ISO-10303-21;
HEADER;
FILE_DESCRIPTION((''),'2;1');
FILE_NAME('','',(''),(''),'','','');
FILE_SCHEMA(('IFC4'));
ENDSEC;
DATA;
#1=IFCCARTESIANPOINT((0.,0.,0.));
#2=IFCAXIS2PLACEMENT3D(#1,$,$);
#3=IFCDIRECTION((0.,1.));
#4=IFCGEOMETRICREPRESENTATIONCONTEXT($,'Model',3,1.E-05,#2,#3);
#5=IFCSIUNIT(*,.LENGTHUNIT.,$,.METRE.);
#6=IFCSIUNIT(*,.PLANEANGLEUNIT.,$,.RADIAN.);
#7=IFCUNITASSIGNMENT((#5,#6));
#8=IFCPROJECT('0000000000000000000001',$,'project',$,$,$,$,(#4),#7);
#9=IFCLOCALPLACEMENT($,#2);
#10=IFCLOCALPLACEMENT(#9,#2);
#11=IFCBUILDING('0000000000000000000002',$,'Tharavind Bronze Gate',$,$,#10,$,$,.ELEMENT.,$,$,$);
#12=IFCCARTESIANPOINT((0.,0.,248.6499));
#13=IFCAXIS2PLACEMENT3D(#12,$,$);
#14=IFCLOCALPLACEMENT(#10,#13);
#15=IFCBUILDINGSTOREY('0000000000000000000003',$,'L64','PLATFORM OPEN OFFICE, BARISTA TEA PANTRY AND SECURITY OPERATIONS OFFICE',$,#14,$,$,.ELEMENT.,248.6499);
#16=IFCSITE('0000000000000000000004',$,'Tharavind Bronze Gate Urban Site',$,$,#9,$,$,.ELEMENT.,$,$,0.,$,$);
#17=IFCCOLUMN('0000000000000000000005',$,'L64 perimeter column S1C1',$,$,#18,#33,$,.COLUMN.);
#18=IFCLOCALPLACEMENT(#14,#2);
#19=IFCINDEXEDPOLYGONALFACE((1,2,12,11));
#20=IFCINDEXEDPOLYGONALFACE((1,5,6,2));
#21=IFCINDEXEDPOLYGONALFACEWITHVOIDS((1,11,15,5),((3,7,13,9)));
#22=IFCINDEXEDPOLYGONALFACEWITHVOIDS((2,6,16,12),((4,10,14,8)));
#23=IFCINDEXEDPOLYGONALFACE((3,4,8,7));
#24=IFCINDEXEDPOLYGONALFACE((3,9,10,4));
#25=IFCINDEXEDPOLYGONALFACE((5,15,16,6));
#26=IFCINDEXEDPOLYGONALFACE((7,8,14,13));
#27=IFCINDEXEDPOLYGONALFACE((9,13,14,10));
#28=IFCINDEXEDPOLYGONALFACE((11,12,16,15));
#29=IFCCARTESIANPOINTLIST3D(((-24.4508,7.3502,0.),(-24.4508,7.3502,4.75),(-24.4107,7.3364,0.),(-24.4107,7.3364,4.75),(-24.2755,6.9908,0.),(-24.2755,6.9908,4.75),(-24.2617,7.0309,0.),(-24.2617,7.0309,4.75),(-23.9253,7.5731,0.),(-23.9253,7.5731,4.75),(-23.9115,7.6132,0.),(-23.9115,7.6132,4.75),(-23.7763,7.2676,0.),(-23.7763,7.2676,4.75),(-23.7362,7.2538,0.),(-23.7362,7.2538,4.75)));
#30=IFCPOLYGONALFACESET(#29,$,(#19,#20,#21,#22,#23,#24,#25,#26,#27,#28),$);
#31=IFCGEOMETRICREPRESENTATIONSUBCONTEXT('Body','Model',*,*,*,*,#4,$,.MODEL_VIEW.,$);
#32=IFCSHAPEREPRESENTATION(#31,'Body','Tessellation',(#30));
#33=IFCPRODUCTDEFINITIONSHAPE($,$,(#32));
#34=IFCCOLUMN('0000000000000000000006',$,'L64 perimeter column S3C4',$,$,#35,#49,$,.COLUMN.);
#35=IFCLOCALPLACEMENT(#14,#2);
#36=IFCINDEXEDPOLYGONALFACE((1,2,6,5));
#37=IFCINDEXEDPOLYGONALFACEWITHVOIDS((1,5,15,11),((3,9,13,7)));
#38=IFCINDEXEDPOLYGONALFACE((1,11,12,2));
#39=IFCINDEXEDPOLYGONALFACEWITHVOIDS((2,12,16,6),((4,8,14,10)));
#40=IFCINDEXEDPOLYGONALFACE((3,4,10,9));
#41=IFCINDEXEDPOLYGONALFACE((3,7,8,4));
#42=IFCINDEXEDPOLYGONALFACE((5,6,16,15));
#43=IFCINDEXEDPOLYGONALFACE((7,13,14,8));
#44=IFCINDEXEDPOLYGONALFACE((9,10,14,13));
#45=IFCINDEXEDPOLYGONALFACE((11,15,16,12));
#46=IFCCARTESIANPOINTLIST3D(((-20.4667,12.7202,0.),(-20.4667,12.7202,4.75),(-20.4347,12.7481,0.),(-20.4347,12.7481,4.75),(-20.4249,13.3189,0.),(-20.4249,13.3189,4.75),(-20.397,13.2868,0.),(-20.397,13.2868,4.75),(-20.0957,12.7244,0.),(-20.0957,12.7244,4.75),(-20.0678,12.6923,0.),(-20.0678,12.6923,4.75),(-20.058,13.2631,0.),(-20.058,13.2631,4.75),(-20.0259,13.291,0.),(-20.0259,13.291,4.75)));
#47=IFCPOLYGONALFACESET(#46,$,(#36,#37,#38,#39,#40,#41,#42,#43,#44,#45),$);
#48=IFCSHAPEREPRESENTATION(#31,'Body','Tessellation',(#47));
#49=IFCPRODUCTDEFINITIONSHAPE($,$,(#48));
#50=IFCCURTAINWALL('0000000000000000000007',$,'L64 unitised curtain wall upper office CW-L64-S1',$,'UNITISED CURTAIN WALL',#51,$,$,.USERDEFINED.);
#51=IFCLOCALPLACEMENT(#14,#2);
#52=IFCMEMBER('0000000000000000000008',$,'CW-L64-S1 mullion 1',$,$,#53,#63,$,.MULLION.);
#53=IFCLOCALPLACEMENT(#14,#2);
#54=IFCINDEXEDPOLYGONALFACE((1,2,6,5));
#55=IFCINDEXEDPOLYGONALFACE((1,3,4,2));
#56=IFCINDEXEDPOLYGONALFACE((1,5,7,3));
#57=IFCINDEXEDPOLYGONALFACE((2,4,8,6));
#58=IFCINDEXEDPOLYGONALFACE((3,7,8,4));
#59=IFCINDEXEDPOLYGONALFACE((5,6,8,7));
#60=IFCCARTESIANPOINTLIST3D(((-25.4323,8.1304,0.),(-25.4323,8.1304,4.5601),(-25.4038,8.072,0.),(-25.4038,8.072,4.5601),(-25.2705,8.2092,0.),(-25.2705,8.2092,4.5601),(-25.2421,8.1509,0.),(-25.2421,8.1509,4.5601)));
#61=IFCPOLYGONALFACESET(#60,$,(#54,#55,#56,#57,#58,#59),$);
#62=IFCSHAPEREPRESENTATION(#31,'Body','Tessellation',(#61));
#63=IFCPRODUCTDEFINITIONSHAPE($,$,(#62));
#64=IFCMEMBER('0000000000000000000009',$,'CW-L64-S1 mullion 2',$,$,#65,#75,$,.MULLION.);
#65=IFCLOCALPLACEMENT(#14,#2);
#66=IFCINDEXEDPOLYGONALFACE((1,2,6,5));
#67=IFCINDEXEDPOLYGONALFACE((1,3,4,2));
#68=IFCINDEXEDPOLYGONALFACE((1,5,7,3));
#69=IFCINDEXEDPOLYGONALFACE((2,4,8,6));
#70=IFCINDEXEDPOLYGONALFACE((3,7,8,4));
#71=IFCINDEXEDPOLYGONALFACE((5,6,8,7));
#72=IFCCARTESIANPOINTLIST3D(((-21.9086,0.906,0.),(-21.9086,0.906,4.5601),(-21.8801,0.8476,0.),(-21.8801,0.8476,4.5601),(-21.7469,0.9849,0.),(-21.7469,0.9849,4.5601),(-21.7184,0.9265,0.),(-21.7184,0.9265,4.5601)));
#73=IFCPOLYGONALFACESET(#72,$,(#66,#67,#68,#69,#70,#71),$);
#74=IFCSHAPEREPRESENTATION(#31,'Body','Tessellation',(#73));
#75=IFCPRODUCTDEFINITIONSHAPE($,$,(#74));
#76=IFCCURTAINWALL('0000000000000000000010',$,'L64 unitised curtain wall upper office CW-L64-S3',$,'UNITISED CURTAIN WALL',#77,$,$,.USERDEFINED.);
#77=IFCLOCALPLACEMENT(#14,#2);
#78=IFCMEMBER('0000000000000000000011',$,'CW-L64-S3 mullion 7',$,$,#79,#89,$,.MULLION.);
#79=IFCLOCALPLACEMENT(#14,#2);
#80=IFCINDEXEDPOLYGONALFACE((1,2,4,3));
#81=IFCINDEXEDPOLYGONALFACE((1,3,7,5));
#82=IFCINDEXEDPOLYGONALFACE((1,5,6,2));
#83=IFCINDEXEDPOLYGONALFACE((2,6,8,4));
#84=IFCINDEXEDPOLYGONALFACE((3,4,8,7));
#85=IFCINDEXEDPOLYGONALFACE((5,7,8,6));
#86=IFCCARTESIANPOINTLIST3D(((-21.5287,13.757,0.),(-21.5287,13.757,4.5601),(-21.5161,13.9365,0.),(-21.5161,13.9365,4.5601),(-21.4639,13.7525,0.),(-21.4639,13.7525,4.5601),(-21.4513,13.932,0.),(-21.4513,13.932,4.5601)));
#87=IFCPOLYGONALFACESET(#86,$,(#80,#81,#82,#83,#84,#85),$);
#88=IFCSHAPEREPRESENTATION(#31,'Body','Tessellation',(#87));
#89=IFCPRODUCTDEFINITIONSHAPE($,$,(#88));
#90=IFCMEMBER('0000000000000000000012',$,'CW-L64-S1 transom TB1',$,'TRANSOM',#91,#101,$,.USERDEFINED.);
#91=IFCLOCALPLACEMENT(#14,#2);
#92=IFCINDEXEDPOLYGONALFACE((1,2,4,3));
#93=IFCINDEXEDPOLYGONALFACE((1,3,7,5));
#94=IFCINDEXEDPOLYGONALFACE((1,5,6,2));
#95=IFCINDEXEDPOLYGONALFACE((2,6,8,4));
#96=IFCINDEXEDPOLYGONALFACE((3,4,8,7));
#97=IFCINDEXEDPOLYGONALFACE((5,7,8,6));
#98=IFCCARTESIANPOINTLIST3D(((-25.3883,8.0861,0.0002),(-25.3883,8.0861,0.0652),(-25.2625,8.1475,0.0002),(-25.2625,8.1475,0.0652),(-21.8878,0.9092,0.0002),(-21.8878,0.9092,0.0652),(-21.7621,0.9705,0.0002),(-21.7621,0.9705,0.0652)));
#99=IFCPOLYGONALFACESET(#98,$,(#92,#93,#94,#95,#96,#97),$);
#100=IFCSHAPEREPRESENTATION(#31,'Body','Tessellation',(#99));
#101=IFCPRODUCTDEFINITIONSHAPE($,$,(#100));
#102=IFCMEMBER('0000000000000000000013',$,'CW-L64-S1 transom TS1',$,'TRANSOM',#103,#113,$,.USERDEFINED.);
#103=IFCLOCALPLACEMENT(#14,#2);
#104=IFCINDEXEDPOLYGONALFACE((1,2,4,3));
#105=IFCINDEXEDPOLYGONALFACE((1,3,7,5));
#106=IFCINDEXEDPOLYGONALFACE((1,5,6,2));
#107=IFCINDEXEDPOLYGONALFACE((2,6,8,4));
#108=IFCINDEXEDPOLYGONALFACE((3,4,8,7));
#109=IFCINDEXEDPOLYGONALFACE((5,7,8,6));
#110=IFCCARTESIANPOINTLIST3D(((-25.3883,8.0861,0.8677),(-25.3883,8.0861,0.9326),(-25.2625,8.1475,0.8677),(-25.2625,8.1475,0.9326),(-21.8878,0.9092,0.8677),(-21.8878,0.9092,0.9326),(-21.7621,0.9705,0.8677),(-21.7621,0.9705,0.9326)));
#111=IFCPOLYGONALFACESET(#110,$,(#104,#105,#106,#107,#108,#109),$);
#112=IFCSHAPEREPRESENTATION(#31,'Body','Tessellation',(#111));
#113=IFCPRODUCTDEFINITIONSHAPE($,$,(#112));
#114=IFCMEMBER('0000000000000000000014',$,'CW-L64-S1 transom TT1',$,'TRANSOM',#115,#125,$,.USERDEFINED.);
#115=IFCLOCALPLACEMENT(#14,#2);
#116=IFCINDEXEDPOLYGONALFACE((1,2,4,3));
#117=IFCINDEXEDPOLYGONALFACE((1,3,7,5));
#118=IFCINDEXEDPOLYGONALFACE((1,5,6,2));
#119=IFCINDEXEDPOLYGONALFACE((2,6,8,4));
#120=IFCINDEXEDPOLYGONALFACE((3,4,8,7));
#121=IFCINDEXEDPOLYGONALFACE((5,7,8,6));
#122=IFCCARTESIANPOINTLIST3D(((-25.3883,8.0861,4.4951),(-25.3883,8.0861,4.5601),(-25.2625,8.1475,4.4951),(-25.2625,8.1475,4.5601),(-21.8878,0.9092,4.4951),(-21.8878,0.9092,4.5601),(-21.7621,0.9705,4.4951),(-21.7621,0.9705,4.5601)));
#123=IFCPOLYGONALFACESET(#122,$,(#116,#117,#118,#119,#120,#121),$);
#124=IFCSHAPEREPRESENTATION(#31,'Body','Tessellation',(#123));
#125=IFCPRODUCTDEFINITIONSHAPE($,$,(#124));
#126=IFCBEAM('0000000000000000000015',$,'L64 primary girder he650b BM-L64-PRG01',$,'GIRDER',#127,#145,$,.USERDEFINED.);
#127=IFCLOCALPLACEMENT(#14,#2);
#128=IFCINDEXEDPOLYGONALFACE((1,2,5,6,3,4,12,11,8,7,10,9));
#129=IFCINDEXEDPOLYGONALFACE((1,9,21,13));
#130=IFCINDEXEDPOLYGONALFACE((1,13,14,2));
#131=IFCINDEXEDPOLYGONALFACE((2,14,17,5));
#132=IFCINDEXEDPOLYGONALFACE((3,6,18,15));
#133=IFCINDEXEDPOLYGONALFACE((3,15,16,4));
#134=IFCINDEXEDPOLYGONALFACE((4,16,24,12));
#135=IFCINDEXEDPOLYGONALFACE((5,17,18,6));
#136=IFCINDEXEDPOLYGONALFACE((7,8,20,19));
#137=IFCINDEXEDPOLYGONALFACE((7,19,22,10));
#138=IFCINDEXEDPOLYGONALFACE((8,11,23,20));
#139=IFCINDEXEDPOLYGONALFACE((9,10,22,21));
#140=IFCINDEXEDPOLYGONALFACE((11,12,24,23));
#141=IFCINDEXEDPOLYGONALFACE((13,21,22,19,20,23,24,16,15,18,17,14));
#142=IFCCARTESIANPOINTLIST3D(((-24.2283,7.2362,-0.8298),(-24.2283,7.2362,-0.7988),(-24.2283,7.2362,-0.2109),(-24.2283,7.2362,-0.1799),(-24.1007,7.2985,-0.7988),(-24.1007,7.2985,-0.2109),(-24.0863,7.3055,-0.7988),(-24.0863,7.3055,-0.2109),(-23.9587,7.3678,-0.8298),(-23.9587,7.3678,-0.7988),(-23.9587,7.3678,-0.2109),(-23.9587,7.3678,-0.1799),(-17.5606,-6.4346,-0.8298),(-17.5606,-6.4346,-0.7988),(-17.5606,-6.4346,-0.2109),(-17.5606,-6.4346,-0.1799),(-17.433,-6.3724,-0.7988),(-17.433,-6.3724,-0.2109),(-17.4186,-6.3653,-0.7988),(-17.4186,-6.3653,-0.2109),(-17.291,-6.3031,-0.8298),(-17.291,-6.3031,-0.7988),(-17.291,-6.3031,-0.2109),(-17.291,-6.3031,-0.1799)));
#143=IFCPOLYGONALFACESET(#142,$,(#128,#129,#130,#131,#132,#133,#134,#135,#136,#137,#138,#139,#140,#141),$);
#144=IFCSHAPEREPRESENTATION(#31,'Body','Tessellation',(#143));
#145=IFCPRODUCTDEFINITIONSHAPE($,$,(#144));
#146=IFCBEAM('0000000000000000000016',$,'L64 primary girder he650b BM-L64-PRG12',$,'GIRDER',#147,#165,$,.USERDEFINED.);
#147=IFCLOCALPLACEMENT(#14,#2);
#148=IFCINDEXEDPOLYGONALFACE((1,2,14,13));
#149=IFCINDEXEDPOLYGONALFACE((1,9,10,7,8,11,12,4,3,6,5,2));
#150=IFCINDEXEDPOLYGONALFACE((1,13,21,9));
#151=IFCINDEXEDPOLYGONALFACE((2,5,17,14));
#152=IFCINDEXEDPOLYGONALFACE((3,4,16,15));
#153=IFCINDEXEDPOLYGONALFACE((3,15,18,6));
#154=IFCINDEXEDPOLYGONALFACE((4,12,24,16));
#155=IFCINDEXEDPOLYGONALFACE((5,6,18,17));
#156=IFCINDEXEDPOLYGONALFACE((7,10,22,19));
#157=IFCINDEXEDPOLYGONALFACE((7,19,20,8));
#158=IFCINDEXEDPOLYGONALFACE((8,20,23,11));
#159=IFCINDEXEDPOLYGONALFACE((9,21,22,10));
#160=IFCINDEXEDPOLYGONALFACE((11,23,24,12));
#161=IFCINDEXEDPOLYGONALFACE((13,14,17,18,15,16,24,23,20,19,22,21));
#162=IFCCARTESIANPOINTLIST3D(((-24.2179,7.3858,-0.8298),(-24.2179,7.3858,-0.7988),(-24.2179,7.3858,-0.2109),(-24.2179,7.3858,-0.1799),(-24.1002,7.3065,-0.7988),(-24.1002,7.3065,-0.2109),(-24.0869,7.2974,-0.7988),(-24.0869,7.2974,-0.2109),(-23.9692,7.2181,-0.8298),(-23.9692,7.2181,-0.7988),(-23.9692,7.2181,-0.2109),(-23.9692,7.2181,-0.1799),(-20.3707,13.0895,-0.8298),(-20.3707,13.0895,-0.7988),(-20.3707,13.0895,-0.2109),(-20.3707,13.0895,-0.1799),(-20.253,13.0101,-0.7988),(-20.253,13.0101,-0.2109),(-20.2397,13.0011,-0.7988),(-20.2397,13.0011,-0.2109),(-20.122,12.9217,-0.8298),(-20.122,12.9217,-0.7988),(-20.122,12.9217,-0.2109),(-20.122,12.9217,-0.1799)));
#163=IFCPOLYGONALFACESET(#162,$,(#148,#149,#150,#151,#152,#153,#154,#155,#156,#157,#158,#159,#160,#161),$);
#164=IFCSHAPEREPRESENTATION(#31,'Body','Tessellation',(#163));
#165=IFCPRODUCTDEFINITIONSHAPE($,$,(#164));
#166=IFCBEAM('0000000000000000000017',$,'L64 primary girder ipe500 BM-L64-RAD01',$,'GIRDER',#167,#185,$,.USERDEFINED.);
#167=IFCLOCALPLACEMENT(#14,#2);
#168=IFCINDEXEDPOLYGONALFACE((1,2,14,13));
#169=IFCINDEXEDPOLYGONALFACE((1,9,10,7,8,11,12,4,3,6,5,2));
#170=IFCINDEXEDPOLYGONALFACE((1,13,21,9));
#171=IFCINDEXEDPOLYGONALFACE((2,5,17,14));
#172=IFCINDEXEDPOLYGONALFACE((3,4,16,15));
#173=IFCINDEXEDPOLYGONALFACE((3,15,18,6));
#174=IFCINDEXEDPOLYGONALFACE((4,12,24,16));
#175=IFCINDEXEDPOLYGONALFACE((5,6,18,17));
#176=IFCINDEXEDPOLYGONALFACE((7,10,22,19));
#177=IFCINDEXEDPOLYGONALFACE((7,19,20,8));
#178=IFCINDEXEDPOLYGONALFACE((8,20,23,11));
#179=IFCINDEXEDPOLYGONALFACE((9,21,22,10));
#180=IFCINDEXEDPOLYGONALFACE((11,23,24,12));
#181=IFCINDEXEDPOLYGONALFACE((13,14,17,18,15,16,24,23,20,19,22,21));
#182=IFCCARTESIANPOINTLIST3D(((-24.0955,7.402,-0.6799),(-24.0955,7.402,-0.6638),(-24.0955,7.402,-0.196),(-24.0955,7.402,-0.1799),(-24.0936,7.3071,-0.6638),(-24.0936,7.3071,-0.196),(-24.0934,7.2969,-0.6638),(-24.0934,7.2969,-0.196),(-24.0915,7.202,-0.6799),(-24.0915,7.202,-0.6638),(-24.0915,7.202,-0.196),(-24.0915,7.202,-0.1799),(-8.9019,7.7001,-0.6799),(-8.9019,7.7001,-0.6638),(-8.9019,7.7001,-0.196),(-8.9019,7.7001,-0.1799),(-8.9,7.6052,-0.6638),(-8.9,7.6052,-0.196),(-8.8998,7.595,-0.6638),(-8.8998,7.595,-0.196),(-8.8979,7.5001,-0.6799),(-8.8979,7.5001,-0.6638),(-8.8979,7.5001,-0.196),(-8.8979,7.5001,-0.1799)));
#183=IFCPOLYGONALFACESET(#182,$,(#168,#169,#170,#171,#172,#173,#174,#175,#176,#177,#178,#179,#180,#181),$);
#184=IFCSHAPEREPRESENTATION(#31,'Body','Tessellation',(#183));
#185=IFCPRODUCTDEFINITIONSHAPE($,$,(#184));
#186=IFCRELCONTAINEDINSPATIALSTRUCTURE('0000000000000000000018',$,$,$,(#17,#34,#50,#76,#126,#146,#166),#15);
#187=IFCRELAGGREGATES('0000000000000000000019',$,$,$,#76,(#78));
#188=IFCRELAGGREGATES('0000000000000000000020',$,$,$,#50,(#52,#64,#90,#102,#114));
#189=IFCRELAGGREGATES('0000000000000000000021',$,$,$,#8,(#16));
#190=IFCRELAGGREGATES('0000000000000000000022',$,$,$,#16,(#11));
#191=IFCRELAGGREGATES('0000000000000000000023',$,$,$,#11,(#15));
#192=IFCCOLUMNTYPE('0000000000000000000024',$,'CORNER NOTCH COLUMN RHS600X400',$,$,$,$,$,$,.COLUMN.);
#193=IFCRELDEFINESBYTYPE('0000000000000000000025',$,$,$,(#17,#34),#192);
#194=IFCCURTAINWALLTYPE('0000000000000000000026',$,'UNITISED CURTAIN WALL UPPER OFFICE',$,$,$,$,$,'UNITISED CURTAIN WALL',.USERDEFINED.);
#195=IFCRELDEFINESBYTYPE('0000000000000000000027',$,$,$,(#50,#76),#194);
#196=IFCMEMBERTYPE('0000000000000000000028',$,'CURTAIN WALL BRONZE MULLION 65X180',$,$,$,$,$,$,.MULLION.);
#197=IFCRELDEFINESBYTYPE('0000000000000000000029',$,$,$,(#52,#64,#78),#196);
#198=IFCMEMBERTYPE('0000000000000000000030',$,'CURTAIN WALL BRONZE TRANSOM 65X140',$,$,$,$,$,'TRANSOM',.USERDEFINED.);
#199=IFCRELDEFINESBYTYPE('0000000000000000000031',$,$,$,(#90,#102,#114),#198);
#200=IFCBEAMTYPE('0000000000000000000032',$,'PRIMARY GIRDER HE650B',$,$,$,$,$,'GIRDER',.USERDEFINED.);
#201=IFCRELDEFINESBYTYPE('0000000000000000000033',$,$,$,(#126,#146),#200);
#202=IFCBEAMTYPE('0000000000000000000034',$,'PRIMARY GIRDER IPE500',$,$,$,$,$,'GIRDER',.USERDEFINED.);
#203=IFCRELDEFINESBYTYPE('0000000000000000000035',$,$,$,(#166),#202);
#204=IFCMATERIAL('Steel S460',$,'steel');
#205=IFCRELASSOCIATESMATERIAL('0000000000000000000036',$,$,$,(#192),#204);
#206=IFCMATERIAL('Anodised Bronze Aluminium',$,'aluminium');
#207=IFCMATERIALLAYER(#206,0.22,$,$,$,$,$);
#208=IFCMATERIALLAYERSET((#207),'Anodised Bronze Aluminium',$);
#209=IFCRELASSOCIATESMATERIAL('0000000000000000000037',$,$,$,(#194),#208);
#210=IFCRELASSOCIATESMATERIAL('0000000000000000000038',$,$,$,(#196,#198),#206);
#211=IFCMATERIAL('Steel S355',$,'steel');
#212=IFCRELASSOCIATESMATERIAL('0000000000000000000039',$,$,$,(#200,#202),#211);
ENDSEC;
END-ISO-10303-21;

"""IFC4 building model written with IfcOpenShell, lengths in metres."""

from ifc_helpers import new_model, si_unit, direction, frame, origin, origin_2d, place, context, subcontext, project, spatial, rectangle, hollow_rectangle, i_section, extrude, material, layer, layer_set, material_profile, profile_set, type_object, element, aggregate, save


model = new_model("IFC4")

# Units and contexts
model_context = context("Model", 3, precision=1e-05, world=origin(), true_north=direction((0.0, 1.0)))
body_context = subcontext(model_context, "Body", "Model", "MODEL_VIEW")
ifc_project = project(units=[si_unit("LENGTHUNIT", "METRE"), si_unit("PLANEANGLEUNIT", "RADIAN")], contexts=[model_context])

# Site, building, storey
site_placement = place(None, origin())
site = spatial("IfcSite", under=ifc_project, at=site_placement, Name="Tharavind Bronze Gate Urban Site", CompositionType="ELEMENT", RefElevation=0.0)
building_placement = place(site_placement, origin())
building = spatial("IfcBuilding", under=site, at=building_placement, Name="Tharavind Bronze Gate", CompositionType="ELEMENT")
storey_placement = place(building_placement, frame((0.0, 0.0, 248.6499)))
storey = spatial("IfcBuildingStorey", under=building, at=storey_placement, Name="L64", Description="PLATFORM OPEN OFFICE, BARISTA TEA PANTRY AND SECURITY OPERATIONS OFFICE", CompositionType="ELEMENT", Elevation=248.6499)

# Columns
ifc_material_1 = material(Name="Steel S460", Category="steel")
ifc_material_profile_1 = material_profile(ifc_material_1, hollow_rectangle(XDim=0.3999, YDim=0.6001, WallThickness=0.03, at=origin_2d()), Name="RHS600X400X30")
ifc_profile_set_1 = profile_set([ifc_material_profile_1], Name="Steel S460")
column_type = type_object("IfcColumnType", Name="CORNER NOTCH COLUMN RHS600X400", PredefinedType="COLUMN", material=ifc_profile_set_1)
for number, where, z_axis, x_axis, name in (
    (1, (-24.0935, 7.302, 0.0), (0.0, 0.0, 1.0), (-0.438371, 0.898794, 0.0), "L64 perimeter column S1C1"),
    (2, (-20.2463, 13.0056, 0.0), (0.0, 0.0, 1.0), (-0.997564, 0.069756, 0.0), "L64 perimeter column S3C4"),
):
    element("IfcColumn", number, at=place(storey_placement, frame(where, z_axis=z_axis, x_axis=x_axis)), inside=storey, type_object=column_type, Name=name, PredefinedType="COLUMN", context=body_context, shape_type="SweptSolid", body=[
        extrude(hollow_rectangle(XDim=0.3999, YDim=0.6001, WallThickness=0.03, at=origin_2d()), origin(), (0.0, 0.0, 1.0), 4.75),
    ])

# Curtain wall, members
ifc_material_2 = material(Name="Anodised Bronze Aluminium", Category="aluminium")
ifc_layer_1 = layer(ifc_material_2, 0.22)
ifc_layer_set_1 = layer_set([ifc_layer_1], Name="Anodised Bronze Aluminium")
curtain_wall_type = type_object("IfcCurtainWallType", Name="UNITISED CURTAIN WALL UPPER OFFICE", ElementType="UNITISED CURTAIN WALL", PredefinedType="USERDEFINED", material=ifc_layer_set_1)
curtain_wall_1_placement = place(storey_placement, origin())
curtain_wall_1 = element("IfcCurtainWall", 3, at=curtain_wall_1_placement, inside=storey, type_object=curtain_wall_type, Name="L64 unitised curtain wall upper office CW-L64-S1", ObjectType="UNITISED CURTAIN WALL", PredefinedType="USERDEFINED")
member_type_1 = type_object("IfcMemberType", Name="CURTAIN WALL BRONZE MULLION 65X180", PredefinedType="MULLION", material=ifc_material_2)
member_1_placement = place(storey_placement, frame((-25.3372, 8.1406, 0.0), z_axis=(0.0, 0.0, 1.0), x_axis=(0.438371, -0.898794, 0.0)))
member_1 = element("IfcMember", 4, at=member_1_placement, type_object=member_type_1, Name="CW-L64-S1 mullion 1", PredefinedType="MULLION", context=body_context, shape_type="SweptSolid", body=[
    extrude(rectangle(XDim=0.0649, YDim=0.1799, at=origin_2d()), origin(), (0.0, 0.0, 1.0), 4.5601),
])
member_2_placement = place(storey_placement, frame((-21.8135, 0.9163, 0.0), z_axis=(0.0, 0.0, 1.0), x_axis=(0.438371, -0.898794, 0.0)))
member_2 = element("IfcMember", 5, at=member_2_placement, type_object=member_type_1, Name="CW-L64-S1 mullion 2", PredefinedType="MULLION", context=body_context, shape_type="SweptSolid", body=[
    extrude(rectangle(XDim=0.0649, YDim=0.1799, at=origin_2d()), origin(), (0.0, 0.0, 1.0), 4.5601),
])

# Curtain wall, member
curtain_wall_2_placement = place(storey_placement, origin())
curtain_wall_2 = element("IfcCurtainWall", 6, at=curtain_wall_2_placement, inside=storey, type_object=curtain_wall_type, Name="L64 unitised curtain wall upper office CW-L64-S3", ObjectType="UNITISED CURTAIN WALL", PredefinedType="USERDEFINED")
member_3_placement = place(storey_placement, frame((-21.49, 13.8445, 0.0), z_axis=(0.0, 0.0, 1.0), x_axis=(-0.997564, 0.069758, 0.0)))
member_3 = element("IfcMember", 7, at=member_3_placement, type_object=member_type_1, Name="CW-L64-S3 mullion 7", PredefinedType="MULLION", context=body_context, shape_type="SweptSolid", body=[
    extrude(rectangle(XDim=0.0649, YDim=0.1799, at=origin_2d()), origin(), (0.0, 0.0, 1.0), 4.5601),
])
aggregate(curtain_wall_2, [member_3])

# Members
member_type_2 = type_object("IfcMemberType", Name="CURTAIN WALL BRONZE TRANSOM 65X140", ElementType="TRANSOM", PredefinedType="USERDEFINED", material=ifc_material_2)
member_4_placement = place(storey_placement, frame((-23.5752, 4.5283, 0.0002), z_axis=(0.0, 0.0, 1.0), x_axis=(0.438371, -0.898794, 0.0)))
member_4 = element("IfcMember", 8, at=member_4_placement, type_object=member_type_2, Name="CW-L64-S1 transom TB1", ObjectType="TRANSOM", PredefinedType="USERDEFINED", context=body_context, shape_type="SweptSolid", body=[
    extrude(rectangle(XDim=7.9851, YDim=0.1399, at=origin_2d()), origin(), (0.0, 0.0, 1.0), 0.0649),
])
member_5_placement = place(storey_placement, frame((-23.5752, 4.5283, 0.8677), z_axis=(0.0, 0.0, 1.0), x_axis=(0.438371, -0.898794, 0.0)))
member_5 = element("IfcMember", 9, at=member_5_placement, type_object=member_type_2, Name="CW-L64-S1 transom TS1", ObjectType="TRANSOM", PredefinedType="USERDEFINED", context=body_context, shape_type="SweptSolid", body=[
    extrude(rectangle(XDim=7.9851, YDim=0.1399, at=origin_2d()), origin(), (0.0, 0.0, 1.0), 0.0649),
])
member_6_placement = place(storey_placement, frame((-23.5752, 4.5283, 4.4951), z_axis=(0.0, 0.0, 1.0), x_axis=(0.438371, -0.898794, 0.0)))
member_6 = element("IfcMember", 10, at=member_6_placement, type_object=member_type_2, Name="CW-L64-S1 transom TT1", ObjectType="TRANSOM", PredefinedType="USERDEFINED", context=body_context, shape_type="SweptSolid", body=[
    extrude(rectangle(XDim=7.9851, YDim=0.1399, at=origin_2d()), origin(), (0.0, 0.0, 1.0), 0.0649),
])

# Beams
ifc_material_3 = material(Name="Steel S355", Category="steel")
ifc_material_profile_2 = material_profile(ifc_material_3, i_section(OverallWidth=0.3, OverallDepth=0.6499, WebThickness=0.0161, FlangeThickness=0.031, at=origin_2d()), Name="HE650B")
ifc_profile_set_2 = profile_set([ifc_material_profile_2], Name="Steel S355")
beam_type_1 = type_object("IfcBeamType", Name="PRIMARY GIRDER HE650B", ElementType="GIRDER", PredefinedType="USERDEFINED", material=ifc_profile_set_2)
beam_1_placement = place(storey_placement, frame((-24.0935, 7.302, -0.5049), z_axis=(0.43837, -0.898795, 0.0), x_axis=(0.898795, 0.43837, 0.0)))
element("IfcBeam", 11, at=beam_1_placement, inside=storey, type_object=beam_type_1, Name="L64 primary girder he650b BM-L64-PRG01", ObjectType="GIRDER", PredefinedType="USERDEFINED", context=body_context, shape_type="SweptSolid", body=[
    extrude(i_section(OverallWidth=0.3, OverallDepth=0.6499, WebThickness=0.0161, FlangeThickness=0.031, at=origin_2d()), origin(), (0.0, 0.0, 1.0), 15.2102),
])
beam_2_placement = place(storey_placement, frame((-20.2463, 13.0056, -0.5049), z_axis=(-0.559196, -0.829035, 0.0), x_axis=(0.829035, -0.559196, 0.0)))
element("IfcBeam", 12, at=beam_2_placement, inside=storey, type_object=beam_type_1, Name="L64 primary girder he650b BM-L64-PRG12", ObjectType="GIRDER", PredefinedType="USERDEFINED", context=body_context, shape_type="SweptSolid", body=[
    extrude(i_section(OverallWidth=0.3, OverallDepth=0.6499, WebThickness=0.0161, FlangeThickness=0.031, at=origin_2d()), origin(), (0.0, 0.0, 1.0), 6.8799),
])
ifc_material_profile_3 = material_profile(ifc_material_3, i_section(OverallWidth=0.2, OverallDepth=0.5, WebThickness=0.0103, FlangeThickness=0.0161, at=origin_2d()), Name="IPE500")
ifc_profile_set_3 = profile_set([ifc_material_profile_3], Name="Steel S355")
beam_type_2 = type_object("IfcBeamType", Name="PRIMARY GIRDER IPE500", ElementType="GIRDER", PredefinedType="USERDEFINED", material=ifc_profile_set_3)
beam_3_placement = place(storey_placement, frame((-24.0935, 7.302, -0.4299), z_axis=(0.999808, 0.019616, 0.0), x_axis=(-0.019616, 0.999808, 0.0)))
element("IfcBeam", 13, at=beam_3_placement, inside=storey, type_object=beam_type_2, Name="L64 primary girder ipe500 BM-L64-RAD01", ObjectType="GIRDER", PredefinedType="USERDEFINED", context=body_context, shape_type="SweptSolid", body=[
    extrude(i_section(OverallWidth=0.2, OverallDepth=0.5, WebThickness=0.0103, FlangeThickness=0.0161, at=origin_2d()), origin(), (0.0, 0.0, 1.0), 15.1965),
])

aggregate(curtain_wall_1, [member_1, member_2, member_4, member_5, member_6])

save(model, "model.ifc")
